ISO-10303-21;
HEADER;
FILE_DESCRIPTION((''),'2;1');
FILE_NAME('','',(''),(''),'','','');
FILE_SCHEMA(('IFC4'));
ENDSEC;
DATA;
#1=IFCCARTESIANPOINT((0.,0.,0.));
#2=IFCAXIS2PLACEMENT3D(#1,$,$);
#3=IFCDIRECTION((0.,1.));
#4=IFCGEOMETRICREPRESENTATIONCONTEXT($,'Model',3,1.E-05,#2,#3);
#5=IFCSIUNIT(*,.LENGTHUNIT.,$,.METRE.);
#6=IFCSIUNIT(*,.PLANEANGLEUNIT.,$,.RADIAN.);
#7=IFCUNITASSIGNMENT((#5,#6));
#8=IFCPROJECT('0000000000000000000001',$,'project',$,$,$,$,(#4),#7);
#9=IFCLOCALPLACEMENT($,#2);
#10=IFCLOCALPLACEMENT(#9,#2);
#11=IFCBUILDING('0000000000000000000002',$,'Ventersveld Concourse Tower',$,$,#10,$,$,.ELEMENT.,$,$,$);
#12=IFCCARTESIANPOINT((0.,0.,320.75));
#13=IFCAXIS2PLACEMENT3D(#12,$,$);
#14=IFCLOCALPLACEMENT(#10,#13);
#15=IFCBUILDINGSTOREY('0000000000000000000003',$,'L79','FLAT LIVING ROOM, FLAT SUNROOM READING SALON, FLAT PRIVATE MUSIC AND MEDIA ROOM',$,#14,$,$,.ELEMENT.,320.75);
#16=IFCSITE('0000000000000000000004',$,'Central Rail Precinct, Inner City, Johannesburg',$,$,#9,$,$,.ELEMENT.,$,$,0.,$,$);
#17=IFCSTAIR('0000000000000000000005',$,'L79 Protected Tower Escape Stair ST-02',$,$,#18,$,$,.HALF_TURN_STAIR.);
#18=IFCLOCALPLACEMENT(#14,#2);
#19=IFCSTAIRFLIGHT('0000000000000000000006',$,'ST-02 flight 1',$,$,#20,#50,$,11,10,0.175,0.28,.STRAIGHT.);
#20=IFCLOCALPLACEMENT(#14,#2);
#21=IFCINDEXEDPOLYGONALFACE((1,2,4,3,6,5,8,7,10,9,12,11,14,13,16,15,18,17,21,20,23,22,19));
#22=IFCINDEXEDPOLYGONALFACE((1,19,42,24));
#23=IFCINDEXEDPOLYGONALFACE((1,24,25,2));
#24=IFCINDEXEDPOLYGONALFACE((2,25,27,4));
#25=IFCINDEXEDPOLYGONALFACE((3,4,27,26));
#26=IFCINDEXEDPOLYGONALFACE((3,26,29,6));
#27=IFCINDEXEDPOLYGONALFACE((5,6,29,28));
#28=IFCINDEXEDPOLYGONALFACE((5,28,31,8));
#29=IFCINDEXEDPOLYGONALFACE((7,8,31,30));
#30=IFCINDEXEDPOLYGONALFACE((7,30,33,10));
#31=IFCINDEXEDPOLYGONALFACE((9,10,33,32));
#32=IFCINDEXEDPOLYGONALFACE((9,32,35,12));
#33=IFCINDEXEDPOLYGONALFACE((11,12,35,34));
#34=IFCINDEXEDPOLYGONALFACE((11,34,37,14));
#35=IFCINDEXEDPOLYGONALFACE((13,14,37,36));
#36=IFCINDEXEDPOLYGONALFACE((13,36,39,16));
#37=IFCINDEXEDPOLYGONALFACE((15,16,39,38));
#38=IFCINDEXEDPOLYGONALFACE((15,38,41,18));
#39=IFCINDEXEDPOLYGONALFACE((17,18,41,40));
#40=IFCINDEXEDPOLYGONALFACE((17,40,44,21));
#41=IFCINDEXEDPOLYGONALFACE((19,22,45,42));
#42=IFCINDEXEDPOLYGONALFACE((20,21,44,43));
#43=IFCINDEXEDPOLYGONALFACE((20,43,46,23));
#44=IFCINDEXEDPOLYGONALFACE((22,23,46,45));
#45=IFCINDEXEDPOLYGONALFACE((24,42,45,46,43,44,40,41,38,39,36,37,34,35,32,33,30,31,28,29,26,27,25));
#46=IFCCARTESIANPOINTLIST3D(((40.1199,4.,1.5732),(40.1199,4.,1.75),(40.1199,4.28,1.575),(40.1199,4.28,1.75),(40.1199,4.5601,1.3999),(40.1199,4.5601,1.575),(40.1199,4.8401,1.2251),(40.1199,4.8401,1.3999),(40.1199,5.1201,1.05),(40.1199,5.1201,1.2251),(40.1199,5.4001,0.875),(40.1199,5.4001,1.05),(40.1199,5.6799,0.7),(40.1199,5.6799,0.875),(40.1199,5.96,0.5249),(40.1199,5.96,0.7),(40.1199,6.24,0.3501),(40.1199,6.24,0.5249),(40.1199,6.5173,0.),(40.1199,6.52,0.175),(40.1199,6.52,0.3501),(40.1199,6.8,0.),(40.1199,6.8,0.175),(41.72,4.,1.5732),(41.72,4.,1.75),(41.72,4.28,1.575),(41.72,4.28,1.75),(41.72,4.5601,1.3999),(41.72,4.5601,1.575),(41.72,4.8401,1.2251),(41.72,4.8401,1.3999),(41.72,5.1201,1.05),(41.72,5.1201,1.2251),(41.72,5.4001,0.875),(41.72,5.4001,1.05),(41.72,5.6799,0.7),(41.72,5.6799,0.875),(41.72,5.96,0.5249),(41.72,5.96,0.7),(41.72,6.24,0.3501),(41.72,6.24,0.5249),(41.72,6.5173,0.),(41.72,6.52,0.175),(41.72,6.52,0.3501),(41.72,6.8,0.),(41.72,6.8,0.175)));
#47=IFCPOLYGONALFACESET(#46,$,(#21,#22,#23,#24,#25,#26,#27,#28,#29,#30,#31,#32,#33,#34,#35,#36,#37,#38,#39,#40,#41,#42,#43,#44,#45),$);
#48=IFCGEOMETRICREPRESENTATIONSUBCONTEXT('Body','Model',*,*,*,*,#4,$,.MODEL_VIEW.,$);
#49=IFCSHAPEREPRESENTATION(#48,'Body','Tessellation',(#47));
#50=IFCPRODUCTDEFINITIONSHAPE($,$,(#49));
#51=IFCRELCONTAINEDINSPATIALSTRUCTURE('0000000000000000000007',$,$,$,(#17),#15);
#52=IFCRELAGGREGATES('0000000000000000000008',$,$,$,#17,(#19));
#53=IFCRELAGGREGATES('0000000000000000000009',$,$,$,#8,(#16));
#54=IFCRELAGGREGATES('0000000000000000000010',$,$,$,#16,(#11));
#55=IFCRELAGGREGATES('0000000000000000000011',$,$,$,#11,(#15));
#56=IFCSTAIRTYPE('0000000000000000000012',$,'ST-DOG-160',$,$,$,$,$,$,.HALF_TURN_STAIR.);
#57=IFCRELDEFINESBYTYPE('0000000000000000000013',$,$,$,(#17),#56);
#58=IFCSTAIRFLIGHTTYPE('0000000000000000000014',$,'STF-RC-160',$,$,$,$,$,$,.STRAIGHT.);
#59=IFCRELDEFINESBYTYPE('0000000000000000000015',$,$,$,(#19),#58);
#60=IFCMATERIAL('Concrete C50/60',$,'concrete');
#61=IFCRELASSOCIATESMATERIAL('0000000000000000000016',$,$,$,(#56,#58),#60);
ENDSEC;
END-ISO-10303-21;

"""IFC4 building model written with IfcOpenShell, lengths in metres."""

from ifc_helpers import new_model, si_unit, direction, frame, origin, place, context, subcontext, project, spatial, polyline, outline, extrude, material, type_object, element, aggregate, save


model = new_model("IFC4")

# Units and contexts
model_context = context("Model", 3, precision=1e-05, world=origin(), true_north=direction((0.0, 1.0)))
body_context = subcontext(model_context, "Body", "Model", "MODEL_VIEW")
ifc_project = project(units=[si_unit("LENGTHUNIT", "METRE"), si_unit("PLANEANGLEUNIT", "RADIAN")], contexts=[model_context])

# Site, building, storey
site_placement = place(None, origin())
site = spatial("IfcSite", under=ifc_project, at=site_placement, Name="Central Rail Precinct, Inner City, Johannesburg", CompositionType="ELEMENT", RefElevation=0.0)
building_placement = place(site_placement, origin())
building = spatial("IfcBuilding", under=site, at=building_placement, Name="Ventersveld Concourse Tower", CompositionType="ELEMENT")
storey_placement = place(building_placement, frame((0.0, 0.0, 320.75)))
storey = spatial("IfcBuildingStorey", under=building, at=storey_placement, Name="L79", Description="FLAT LIVING ROOM, FLAT SUNROOM READING SALON, FLAT PRIVATE MUSIC AND MEDIA ROOM", CompositionType="ELEMENT", Elevation=320.75)

# Shared definitions
ifc_material_1 = material(Name="Concrete C50/60", Category="concrete")

# Stair, stair flight
stair_type = type_object("IfcStairType", Name="ST-DOG-160", PredefinedType="HALF_TURN_STAIR", material=ifc_material_1)
stair_placement = place(storey_placement, origin())
stair = element("IfcStair", 1, at=stair_placement, inside=storey, type_object=stair_type, Name="L79 Protected Tower Escape Stair ST-02", PredefinedType="HALF_TURN_STAIR")
stair_flight_type = type_object("IfcStairFlightType", Name="STF-RC-160", PredefinedType="STRAIGHT", material=ifc_material_1)
stair_flight_placement = place(storey_placement, frame((40.9199, 6.8, 0.0), z_axis=(0.0, 0.0, 1.0), x_axis=(0.0, -1.0, 0.0)))
stair_flight = element("IfcStairFlight", 2, at=stair_flight_placement, type_object=stair_flight_type, Name="ST-02 flight 1", NumberOfRisers=11, NumberOfTreads=10, PredefinedType="STRAIGHT", RiserHeight=0.175, TreadLength=0.28, context=body_context, shape_type="SweptSolid", body=[
    extrude(outline(polyline([(0.0, 0.0), (0.0, 0.175), (0.28, 0.175), (0.28, 0.3501), (0.5601, 0.3501), (0.5601, 0.5249), (0.8401, 0.5249), (0.8401, 0.7), (1.1201, 0.7), (1.1201, 0.875), (1.3999, 0.875), (1.3999, 1.05), (1.6799, 1.05), (1.6799, 1.2251), (1.96, 1.2251), (1.96, 1.3999), (2.24, 1.3999), (2.24, 1.575), (2.52, 1.575), (2.52, 1.75), (2.8, 1.75), (2.8, 1.925), (2.8, 1.5732), (0.2827, 0.0), (0.0, 0.0)])), frame((0.0, 0.8, 0.0), z_axis=(0.0, -1.0, 0.0), x_axis=(1.0, 0.0, 0.0)), (0.0, 0.0, 1.0), 1.6001),
])
aggregate(stair, [stair_flight])

save(model, "model.ifc")
